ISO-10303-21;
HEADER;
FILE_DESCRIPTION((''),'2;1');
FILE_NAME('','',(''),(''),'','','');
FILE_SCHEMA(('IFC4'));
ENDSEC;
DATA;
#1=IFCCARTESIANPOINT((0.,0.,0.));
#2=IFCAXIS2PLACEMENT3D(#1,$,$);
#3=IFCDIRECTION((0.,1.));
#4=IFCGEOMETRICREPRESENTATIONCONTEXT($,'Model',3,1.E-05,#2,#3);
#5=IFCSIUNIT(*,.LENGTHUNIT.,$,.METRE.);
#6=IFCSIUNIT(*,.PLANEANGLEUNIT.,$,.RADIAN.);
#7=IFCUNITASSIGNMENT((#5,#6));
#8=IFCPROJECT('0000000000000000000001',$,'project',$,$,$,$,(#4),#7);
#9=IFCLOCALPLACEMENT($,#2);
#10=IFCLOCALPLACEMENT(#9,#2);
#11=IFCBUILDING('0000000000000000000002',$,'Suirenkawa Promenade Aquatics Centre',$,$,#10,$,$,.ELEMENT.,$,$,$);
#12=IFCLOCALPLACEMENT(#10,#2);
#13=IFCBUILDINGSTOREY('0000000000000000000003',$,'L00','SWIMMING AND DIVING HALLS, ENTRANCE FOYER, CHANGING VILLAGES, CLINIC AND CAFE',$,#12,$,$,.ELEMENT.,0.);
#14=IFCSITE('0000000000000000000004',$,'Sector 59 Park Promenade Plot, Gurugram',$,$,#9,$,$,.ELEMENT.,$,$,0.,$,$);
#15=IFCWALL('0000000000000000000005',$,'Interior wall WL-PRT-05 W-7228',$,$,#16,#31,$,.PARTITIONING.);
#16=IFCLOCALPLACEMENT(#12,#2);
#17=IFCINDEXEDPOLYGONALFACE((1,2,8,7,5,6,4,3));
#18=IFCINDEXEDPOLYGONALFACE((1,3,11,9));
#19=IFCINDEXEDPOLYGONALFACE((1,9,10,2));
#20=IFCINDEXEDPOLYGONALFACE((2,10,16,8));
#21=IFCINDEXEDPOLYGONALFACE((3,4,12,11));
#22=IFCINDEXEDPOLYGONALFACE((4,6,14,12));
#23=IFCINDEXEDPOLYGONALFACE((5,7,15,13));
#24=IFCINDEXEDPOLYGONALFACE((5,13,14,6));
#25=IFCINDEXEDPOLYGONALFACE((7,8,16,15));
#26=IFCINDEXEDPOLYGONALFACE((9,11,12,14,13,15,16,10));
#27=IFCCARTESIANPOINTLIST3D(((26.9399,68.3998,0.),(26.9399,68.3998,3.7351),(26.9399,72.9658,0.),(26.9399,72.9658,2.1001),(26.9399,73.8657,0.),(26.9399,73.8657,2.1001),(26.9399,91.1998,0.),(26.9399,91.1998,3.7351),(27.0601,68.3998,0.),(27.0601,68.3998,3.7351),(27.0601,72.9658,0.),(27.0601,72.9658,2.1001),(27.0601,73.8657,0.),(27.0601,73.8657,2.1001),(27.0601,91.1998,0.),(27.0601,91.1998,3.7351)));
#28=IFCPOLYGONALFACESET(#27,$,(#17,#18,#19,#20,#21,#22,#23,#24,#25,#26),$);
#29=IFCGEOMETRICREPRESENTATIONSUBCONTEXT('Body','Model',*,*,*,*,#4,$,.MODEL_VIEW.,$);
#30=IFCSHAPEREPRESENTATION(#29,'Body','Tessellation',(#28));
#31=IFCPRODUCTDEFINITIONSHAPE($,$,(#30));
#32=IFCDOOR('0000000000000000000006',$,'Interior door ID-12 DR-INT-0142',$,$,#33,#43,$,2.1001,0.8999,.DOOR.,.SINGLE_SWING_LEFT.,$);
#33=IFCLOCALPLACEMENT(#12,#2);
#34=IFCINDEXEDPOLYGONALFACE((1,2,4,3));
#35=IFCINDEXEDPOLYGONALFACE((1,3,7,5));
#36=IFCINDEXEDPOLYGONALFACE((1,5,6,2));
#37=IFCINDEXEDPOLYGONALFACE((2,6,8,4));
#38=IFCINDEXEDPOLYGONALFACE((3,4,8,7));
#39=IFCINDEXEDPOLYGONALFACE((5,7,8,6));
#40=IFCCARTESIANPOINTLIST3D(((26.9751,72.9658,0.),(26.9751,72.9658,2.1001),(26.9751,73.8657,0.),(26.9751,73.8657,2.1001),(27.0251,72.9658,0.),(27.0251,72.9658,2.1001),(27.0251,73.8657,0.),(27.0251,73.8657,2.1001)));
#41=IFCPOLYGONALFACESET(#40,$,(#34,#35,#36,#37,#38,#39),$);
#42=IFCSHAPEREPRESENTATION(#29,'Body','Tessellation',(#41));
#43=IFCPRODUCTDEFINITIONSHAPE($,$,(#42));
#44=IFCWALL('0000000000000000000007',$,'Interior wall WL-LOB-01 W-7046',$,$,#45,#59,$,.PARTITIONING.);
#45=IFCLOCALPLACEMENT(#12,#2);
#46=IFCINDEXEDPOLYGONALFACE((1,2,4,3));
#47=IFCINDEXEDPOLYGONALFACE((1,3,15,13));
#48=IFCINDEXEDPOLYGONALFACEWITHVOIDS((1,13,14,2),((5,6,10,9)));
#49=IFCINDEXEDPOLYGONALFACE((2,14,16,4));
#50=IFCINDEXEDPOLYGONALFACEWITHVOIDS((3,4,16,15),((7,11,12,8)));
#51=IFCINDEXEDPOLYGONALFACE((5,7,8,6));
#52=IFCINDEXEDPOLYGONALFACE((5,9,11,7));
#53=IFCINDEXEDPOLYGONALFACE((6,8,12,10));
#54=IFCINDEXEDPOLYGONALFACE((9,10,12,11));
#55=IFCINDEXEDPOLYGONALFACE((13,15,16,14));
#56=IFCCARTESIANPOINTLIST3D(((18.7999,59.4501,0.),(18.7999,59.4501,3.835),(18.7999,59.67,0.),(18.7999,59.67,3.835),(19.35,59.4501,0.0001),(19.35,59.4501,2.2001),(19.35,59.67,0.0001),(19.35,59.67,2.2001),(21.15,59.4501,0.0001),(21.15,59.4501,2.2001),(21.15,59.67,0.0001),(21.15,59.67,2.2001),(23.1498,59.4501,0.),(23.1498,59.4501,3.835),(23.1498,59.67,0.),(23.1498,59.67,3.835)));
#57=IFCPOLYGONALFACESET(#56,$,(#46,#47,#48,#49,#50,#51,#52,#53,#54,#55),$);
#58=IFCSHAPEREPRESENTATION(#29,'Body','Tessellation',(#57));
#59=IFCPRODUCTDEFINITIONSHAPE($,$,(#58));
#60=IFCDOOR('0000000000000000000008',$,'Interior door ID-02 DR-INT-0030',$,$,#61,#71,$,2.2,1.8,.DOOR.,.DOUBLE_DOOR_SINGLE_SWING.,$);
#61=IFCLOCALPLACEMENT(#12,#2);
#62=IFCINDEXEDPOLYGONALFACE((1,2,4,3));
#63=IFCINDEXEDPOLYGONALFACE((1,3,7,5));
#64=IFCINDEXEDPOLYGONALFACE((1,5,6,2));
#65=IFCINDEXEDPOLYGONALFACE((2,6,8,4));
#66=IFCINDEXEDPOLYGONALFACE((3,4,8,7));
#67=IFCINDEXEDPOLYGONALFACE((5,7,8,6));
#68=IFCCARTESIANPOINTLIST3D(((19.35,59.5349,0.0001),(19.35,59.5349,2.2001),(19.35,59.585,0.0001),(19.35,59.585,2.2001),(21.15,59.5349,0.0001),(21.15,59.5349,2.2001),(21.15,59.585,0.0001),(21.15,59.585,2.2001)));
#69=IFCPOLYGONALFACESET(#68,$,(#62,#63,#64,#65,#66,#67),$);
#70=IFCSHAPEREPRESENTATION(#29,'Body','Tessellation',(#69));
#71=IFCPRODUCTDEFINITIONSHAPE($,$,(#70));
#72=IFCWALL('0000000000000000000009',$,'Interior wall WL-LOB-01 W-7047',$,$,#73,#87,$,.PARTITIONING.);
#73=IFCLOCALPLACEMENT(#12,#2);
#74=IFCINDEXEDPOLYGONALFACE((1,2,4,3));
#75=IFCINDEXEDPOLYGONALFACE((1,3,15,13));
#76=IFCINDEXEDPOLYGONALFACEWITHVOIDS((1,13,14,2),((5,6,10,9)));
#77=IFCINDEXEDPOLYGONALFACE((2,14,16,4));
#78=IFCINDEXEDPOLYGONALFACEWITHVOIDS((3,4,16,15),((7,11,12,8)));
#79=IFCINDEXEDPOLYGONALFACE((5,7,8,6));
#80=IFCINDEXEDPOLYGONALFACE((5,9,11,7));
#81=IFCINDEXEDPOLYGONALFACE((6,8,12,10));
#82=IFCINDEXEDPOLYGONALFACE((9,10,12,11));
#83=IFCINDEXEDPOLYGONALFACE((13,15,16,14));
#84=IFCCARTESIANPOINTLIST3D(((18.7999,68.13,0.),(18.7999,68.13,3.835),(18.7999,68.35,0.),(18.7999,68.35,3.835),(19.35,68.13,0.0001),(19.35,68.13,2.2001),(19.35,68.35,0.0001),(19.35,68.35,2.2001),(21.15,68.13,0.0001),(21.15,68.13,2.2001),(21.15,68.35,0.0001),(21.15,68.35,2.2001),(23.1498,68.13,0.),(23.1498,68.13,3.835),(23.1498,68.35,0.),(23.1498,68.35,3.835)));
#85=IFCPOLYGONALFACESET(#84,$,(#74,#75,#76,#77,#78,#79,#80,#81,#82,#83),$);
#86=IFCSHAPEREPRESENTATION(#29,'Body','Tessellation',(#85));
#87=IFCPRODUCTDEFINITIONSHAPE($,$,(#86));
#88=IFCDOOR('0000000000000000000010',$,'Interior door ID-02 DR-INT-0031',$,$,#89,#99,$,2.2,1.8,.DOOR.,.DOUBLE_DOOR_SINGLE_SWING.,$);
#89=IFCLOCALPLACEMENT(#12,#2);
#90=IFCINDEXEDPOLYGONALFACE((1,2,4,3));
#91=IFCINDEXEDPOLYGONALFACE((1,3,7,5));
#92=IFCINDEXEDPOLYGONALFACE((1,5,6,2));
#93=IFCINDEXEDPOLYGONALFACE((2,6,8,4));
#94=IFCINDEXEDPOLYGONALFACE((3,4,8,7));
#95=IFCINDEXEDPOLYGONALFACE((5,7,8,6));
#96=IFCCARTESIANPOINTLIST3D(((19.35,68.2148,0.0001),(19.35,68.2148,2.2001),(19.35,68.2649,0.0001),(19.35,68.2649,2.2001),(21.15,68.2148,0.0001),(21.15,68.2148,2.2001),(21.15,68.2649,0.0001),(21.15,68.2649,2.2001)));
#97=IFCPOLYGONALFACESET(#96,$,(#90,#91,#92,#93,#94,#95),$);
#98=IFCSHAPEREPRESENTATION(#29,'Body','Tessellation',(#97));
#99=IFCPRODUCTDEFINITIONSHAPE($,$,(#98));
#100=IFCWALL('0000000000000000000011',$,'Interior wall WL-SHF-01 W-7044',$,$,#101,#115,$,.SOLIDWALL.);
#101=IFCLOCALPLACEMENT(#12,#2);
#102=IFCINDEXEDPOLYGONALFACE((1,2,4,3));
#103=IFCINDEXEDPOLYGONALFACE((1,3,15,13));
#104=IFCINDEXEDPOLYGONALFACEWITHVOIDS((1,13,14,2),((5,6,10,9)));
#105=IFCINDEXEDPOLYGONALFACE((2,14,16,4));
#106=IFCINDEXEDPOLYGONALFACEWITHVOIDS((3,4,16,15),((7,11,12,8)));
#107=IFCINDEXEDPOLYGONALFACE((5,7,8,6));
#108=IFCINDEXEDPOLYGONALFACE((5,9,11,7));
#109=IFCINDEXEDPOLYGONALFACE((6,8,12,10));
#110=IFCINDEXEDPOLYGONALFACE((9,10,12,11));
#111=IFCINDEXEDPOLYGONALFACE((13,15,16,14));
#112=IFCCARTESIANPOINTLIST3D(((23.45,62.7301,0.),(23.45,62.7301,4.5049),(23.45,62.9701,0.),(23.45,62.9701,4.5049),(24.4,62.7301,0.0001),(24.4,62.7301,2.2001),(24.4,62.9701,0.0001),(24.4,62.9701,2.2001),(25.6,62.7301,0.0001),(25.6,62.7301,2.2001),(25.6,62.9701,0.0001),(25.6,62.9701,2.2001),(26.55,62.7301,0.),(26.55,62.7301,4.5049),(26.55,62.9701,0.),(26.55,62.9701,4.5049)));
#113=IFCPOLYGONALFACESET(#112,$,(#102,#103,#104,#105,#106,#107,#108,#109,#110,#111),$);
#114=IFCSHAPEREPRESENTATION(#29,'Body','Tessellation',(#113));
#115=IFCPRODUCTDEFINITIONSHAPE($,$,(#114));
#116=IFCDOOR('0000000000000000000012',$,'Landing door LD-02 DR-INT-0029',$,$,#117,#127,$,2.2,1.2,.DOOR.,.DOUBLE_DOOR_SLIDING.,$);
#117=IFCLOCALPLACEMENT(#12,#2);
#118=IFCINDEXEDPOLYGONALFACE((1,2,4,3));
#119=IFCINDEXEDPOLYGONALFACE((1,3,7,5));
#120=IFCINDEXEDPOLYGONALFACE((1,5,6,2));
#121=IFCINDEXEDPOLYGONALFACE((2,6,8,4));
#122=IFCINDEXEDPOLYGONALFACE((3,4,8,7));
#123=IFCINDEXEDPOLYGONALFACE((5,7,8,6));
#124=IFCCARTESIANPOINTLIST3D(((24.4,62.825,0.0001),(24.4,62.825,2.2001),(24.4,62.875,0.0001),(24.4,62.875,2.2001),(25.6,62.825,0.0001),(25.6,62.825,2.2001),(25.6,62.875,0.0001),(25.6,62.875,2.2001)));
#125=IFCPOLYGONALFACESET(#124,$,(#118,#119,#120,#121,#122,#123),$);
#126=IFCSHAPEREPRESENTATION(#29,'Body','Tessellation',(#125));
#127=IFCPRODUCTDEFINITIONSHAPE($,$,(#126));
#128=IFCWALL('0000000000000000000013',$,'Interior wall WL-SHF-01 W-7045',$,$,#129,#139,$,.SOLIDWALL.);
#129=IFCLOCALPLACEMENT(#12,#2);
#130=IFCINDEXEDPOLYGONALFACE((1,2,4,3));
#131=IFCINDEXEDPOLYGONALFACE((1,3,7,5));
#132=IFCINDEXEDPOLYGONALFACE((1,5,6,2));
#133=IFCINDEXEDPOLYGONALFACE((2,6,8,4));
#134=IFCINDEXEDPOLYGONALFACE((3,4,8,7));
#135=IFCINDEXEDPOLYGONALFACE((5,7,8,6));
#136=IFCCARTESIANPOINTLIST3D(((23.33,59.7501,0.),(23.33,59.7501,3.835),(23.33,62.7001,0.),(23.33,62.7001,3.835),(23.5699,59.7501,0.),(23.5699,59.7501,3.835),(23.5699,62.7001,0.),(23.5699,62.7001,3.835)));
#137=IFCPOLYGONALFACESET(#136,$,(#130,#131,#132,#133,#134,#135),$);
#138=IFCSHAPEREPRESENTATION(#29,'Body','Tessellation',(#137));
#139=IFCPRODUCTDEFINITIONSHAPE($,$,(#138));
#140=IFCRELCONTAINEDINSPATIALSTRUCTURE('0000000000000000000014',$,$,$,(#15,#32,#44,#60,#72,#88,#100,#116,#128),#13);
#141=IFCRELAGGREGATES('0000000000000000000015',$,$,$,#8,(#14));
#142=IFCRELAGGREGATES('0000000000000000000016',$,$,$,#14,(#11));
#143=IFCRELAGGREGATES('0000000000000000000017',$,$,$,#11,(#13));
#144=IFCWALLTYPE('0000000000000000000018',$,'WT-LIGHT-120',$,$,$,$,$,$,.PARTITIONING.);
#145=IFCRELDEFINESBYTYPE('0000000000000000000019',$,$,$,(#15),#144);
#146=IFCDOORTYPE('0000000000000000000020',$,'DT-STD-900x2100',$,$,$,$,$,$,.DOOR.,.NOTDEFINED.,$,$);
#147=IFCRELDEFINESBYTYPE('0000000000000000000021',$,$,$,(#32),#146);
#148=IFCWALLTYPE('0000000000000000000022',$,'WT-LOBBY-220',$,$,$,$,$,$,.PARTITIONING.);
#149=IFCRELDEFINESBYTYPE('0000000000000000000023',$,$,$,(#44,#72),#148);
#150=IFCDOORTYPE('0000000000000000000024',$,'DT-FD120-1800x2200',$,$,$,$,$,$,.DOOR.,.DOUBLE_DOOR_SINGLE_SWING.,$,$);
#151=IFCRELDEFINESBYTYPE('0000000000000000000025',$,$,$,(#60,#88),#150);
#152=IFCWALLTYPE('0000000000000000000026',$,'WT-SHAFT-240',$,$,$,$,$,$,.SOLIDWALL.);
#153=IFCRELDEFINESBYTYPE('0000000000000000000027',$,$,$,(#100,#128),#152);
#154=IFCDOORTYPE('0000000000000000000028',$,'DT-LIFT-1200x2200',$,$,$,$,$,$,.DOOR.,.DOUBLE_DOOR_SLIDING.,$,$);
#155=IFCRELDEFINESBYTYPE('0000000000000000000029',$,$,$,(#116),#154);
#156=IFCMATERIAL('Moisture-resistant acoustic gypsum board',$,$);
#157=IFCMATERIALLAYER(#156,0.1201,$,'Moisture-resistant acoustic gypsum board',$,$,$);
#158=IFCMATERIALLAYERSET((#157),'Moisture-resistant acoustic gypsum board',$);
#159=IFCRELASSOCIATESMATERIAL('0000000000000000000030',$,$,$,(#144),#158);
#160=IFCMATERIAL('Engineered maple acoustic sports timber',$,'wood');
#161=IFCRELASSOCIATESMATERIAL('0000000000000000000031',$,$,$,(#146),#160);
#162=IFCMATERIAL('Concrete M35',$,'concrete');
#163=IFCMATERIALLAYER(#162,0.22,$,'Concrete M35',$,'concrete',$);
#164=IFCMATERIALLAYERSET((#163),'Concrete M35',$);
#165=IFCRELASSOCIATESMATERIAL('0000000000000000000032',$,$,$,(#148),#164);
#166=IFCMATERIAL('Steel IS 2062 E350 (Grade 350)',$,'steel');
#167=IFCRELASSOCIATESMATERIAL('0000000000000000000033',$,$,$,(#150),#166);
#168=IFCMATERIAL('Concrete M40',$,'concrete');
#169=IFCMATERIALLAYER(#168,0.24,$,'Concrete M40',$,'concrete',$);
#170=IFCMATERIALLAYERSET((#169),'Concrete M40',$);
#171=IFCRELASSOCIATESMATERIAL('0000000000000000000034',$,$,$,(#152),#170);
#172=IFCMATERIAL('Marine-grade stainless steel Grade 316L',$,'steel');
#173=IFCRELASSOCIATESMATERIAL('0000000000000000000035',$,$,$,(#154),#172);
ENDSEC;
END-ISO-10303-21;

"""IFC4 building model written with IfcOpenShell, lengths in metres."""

from ifc_helpers import new_model, si_unit, direction, frame, frame_2d, origin, place, context, subcontext, project, spatial, rectangle, extrude, material, layer, layer_set, type_object, element, fill, save


model = new_model("IFC4")

# Units and contexts
model_context = context("Model", 3, precision=1e-05, world=origin(), true_north=direction((0.0, 1.0)))
body_context = subcontext(model_context, "Body", "Model", "MODEL_VIEW")
ifc_project = project(units=[si_unit("LENGTHUNIT", "METRE"), si_unit("PLANEANGLEUNIT", "RADIAN")], contexts=[model_context])

# Site, building, storey
site_placement = place(None, origin())
site = spatial("IfcSite", under=ifc_project, at=site_placement, Name="Sector 59 Park Promenade Plot, Gurugram", CompositionType="ELEMENT", RefElevation=0.0)
building_placement = place(site_placement, origin())
building = spatial("IfcBuilding", under=site, at=building_placement, Name="Suirenkawa Promenade Aquatics Centre", CompositionType="ELEMENT")
storey_placement = place(building_placement, origin())
storey = spatial("IfcBuildingStorey", under=building, at=storey_placement, Name="L00", Description="SWIMMING AND DIVING HALLS, ENTRANCE FOYER, CHANGING VILLAGES, CLINIC AND CAFE", CompositionType="ELEMENT", Elevation=0.0)

# Shared definitions
ifc_material_1 = material(Name="Concrete M40", Category="concrete")

# Shared definitions
ifc_material_2 = material(Name="Steel IS 2062 E350 (Grade 350)", Category="steel")
ifc_material_3 = material(Name="Concrete M35", Category="concrete")

# Walls, openings, doors
ifc_material_4 = material(Name="Moisture-resistant acoustic gypsum board")
ifc_layer_1 = layer(ifc_material_4, 0.1201, Name="Moisture-resistant acoustic gypsum board")
ifc_layer_set_1 = layer_set([ifc_layer_1], Name="Moisture-resistant acoustic gypsum board")
wall_type_1 = type_object("IfcWallType", Name="WT-LIGHT-120", PredefinedType="PARTITIONING", material=ifc_layer_set_1)
wall_1_placement = place(storey_placement, frame((27.0, 68.3999, 0.0), z_axis=(0.0, 0.0, 1.0), x_axis=(0.0, 1.0, 0.0)))
wall_1 = element("IfcWall", 1, at=wall_1_placement, inside=storey, type_object=wall_type_1, Name="Interior wall WL-PRT-05 W-7228", PredefinedType="PARTITIONING", context=body_context, shape_type="SweptSolid", body=[
    extrude(rectangle(XDim=22.8, YDim=0.1201, at=frame_2d((11.3999, 0.0))), origin(), (0.0, 0.0, 1.0), 3.7351),
])
opening_1_placement = place(wall_1_placement, frame((4.5659, 0.0, 0.0)))
opening_1 = element("IfcOpeningElement", 2, at=opening_1_placement, cuts=wall_1, PredefinedType="OPENING", context=body_context, shape_type="SweptSolid", body=[
    extrude(rectangle(XDim=0.8999, YDim=2.1001, at=frame_2d((0.45, 1.05))), frame((0.0, 0.0701, 0.0), z_axis=(0.0, -1.0, 0.0), x_axis=(1.0, 0.0, 0.0)), (0.0, 0.0, 1.0), 0.1401),
])
ifc_material_5 = material(Name="Engineered maple acoustic sports timber", Category="wood")
door_type_1 = type_object("IfcDoorType", Name="DT-STD-900x2100", OperationType="NOTDEFINED", PredefinedType="DOOR", material=ifc_material_5)
door_1_placement = place(opening_1_placement, origin())
door_1 = element("IfcDoor", 3, at=door_1_placement, inside=storey, type_object=door_type_1, Name="Interior door ID-12 DR-INT-0142", OperationType="SINGLE_SWING_LEFT", OverallHeight=2.1001, OverallWidth=0.8999, PredefinedType="DOOR", context=body_context, shape_type="SweptSolid", body=[
    extrude(rectangle(XDim=0.8999, YDim=2.1001, at=frame_2d((0.45, 1.05))), frame((0.0, 0.0249, 0.0), z_axis=(0.0, -1.0, 0.0), x_axis=(1.0, 0.0, 0.0)), (0.0, 0.0, 1.0), 0.05),
])
fill(opening_1, door_1)
ifc_layer_2 = layer(ifc_material_3, 0.22, Name="Concrete M35", Category="concrete")
ifc_layer_set_2 = layer_set([ifc_layer_2], Name="Concrete M35")
wall_type_2 = type_object("IfcWallType", Name="WT-LOBBY-220", PredefinedType="PARTITIONING", material=ifc_layer_set_2)
wall_2_placement = place(storey_placement, frame((18.8, 59.5601, 0.0), z_axis=(0.0, 0.0, 1.0), x_axis=(1.0, 0.0, 0.0)))
wall_2 = element("IfcWall", 4, at=wall_2_placement, inside=storey, type_object=wall_type_2, Name="Interior wall WL-LOB-01 W-7046", PredefinedType="PARTITIONING", context=body_context, shape_type="SweptSolid", body=[
    extrude(rectangle(XDim=4.3499, YDim=0.22, at=frame_2d((2.1748, 0.0))), origin(), (0.0, 0.0, 1.0), 3.835),
])
opening_2_placement = place(wall_2_placement, frame((0.55, 0.0, 0.0)))
opening_2 = element("IfcOpeningElement", 5, at=opening_2_placement, cuts=wall_2, PredefinedType="OPENING", context=body_context, shape_type="SweptSolid", body=[
    extrude(rectangle(XDim=1.8, YDim=2.2, at=frame_2d((0.8999, 1.1001))), frame((0.0, 0.1199, 0.0), z_axis=(0.0, -1.0, 0.0), x_axis=(1.0, 0.0, 0.0)), (0.0, 0.0, 1.0), 0.24),
])
door_type_2 = type_object("IfcDoorType", Name="DT-FD120-1800x2200", OperationType="DOUBLE_DOOR_SINGLE_SWING", PredefinedType="DOOR", material=ifc_material_2)
door_2_placement = place(opening_2_placement, origin())
door_2 = element("IfcDoor", 6, at=door_2_placement, inside=storey, type_object=door_type_2, Name="Interior door ID-02 DR-INT-0030", OperationType="DOUBLE_DOOR_SINGLE_SWING", OverallHeight=2.2, OverallWidth=1.8, PredefinedType="DOOR", context=body_context, shape_type="SweptSolid", body=[
    extrude(rectangle(XDim=1.8, YDim=2.2, at=frame_2d((0.8999, 1.1001))), frame((0.0, 0.0249, 0.0), z_axis=(0.0, -1.0, 0.0), x_axis=(1.0, 0.0, 0.0)), (0.0, 0.0, 1.0), 0.05),
])
fill(opening_2, door_2)
wall_3_placement = place(storey_placement, frame((18.8, 68.24, 0.0), z_axis=(0.0, 0.0, 1.0), x_axis=(1.0, 0.0, 0.0)))
wall_3 = element("IfcWall", 7, at=wall_3_placement, inside=storey, type_object=wall_type_2, Name="Interior wall WL-LOB-01 W-7047", PredefinedType="PARTITIONING", context=body_context, shape_type="SweptSolid", body=[
    extrude(rectangle(XDim=4.3499, YDim=0.22, at=frame_2d((2.1748, 0.0))), origin(), (0.0, 0.0, 1.0), 3.835),
])
opening_3_placement = place(wall_3_placement, frame((0.55, 0.0, 0.0)))
opening_3 = element("IfcOpeningElement", 8, at=opening_3_placement, cuts=wall_3, PredefinedType="OPENING", context=body_context, shape_type="SweptSolid", body=[
    extrude(rectangle(XDim=1.8, YDim=2.2, at=frame_2d((0.8999, 1.1001))), frame((0.0, 0.1199, 0.0), z_axis=(0.0, -1.0, 0.0), x_axis=(1.0, 0.0, 0.0)), (0.0, 0.0, 1.0), 0.24),
])
door_3_placement = place(opening_3_placement, origin())
door_3 = element("IfcDoor", 9, at=door_3_placement, inside=storey, type_object=door_type_2, Name="Interior door ID-02 DR-INT-0031", OperationType="DOUBLE_DOOR_SINGLE_SWING", OverallHeight=2.2, OverallWidth=1.8, PredefinedType="DOOR", context=body_context, shape_type="SweptSolid", body=[
    extrude(rectangle(XDim=1.8, YDim=2.2, at=frame_2d((0.8999, 1.1001))), frame((0.0, 0.0249, 0.0), z_axis=(0.0, -1.0, 0.0), x_axis=(1.0, 0.0, 0.0)), (0.0, 0.0, 1.0), 0.05),
])
fill(opening_3, door_3)
ifc_layer_3 = layer(ifc_material_1, 0.24, Name="Concrete M40", Category="concrete")
ifc_layer_set_3 = layer_set([ifc_layer_3], Name="Concrete M40")
wall_type_3 = type_object("IfcWallType", Name="WT-SHAFT-240", PredefinedType="SOLIDWALL", material=ifc_layer_set_3)
wall_4_placement = place(storey_placement, frame((23.45, 62.8501, 0.0), z_axis=(0.0, 0.0, 1.0), x_axis=(1.0, 0.0, 0.0)))
wall_4 = element("IfcWall", 10, at=wall_4_placement, inside=storey, type_object=wall_type_3, Name="Interior wall WL-SHF-01 W-7044", PredefinedType="SOLIDWALL", context=body_context, shape_type="SweptSolid", body=[
    extrude(rectangle(XDim=3.1001, YDim=0.24, at=frame_2d((1.55, 0.0))), origin(), (0.0, 0.0, 1.0), 4.5049),
])
opening_4_placement = place(wall_4_placement, frame((0.95, 0.0, 0.0)))
opening_4 = element("IfcOpeningElement", 11, at=opening_4_placement, cuts=wall_4, PredefinedType="OPENING", context=body_context, shape_type="SweptSolid", body=[
    extrude(rectangle(XDim=1.2, YDim=2.2, at=frame_2d((0.6001, 1.1001))), frame((0.0, 0.1299, 0.0), z_axis=(0.0, -1.0, 0.0), x_axis=(1.0, 0.0, 0.0)), (0.0, 0.0, 1.0), 0.26),
])
ifc_material_6 = material(Name="Marine-grade stainless steel Grade 316L", Category="steel")
door_type_3 = type_object("IfcDoorType", Name="DT-LIFT-1200x2200", OperationType="DOUBLE_DOOR_SLIDING", PredefinedType="DOOR", material=ifc_material_6)
door_4_placement = place(opening_4_placement, origin())
door_4 = element("IfcDoor", 12, at=door_4_placement, inside=storey, type_object=door_type_3, Name="Landing door LD-02 DR-INT-0029", OperationType="DOUBLE_DOOR_SLIDING", OverallHeight=2.2, OverallWidth=1.2, PredefinedType="DOOR", context=body_context, shape_type="SweptSolid", body=[
    extrude(rectangle(XDim=1.2, YDim=2.2, at=frame_2d((0.6001, 1.1001))), frame((0.0, 0.0249, 0.0), z_axis=(0.0, -1.0, 0.0), x_axis=(1.0, 0.0, 0.0)), (0.0, 0.0, 1.0), 0.05),
])
fill(opening_4, door_4)

# Wall
wall_5_placement = place(storey_placement, frame((23.45, 59.75, 0.0), z_axis=(0.0, 0.0, 1.0), x_axis=(0.0, 1.0, 0.0)))
element("IfcWall", 13, at=wall_5_placement, inside=storey, type_object=wall_type_3, Name="Interior wall WL-SHF-01 W-7045", PredefinedType="SOLIDWALL", context=body_context, shape_type="SweptSolid", body=[
    extrude(rectangle(XDim=2.95, YDim=0.24, at=frame_2d((1.4751, 0.0))), origin(), (0.0, 0.0, 1.0), 3.835),
])

save(model, "model.ifc")
